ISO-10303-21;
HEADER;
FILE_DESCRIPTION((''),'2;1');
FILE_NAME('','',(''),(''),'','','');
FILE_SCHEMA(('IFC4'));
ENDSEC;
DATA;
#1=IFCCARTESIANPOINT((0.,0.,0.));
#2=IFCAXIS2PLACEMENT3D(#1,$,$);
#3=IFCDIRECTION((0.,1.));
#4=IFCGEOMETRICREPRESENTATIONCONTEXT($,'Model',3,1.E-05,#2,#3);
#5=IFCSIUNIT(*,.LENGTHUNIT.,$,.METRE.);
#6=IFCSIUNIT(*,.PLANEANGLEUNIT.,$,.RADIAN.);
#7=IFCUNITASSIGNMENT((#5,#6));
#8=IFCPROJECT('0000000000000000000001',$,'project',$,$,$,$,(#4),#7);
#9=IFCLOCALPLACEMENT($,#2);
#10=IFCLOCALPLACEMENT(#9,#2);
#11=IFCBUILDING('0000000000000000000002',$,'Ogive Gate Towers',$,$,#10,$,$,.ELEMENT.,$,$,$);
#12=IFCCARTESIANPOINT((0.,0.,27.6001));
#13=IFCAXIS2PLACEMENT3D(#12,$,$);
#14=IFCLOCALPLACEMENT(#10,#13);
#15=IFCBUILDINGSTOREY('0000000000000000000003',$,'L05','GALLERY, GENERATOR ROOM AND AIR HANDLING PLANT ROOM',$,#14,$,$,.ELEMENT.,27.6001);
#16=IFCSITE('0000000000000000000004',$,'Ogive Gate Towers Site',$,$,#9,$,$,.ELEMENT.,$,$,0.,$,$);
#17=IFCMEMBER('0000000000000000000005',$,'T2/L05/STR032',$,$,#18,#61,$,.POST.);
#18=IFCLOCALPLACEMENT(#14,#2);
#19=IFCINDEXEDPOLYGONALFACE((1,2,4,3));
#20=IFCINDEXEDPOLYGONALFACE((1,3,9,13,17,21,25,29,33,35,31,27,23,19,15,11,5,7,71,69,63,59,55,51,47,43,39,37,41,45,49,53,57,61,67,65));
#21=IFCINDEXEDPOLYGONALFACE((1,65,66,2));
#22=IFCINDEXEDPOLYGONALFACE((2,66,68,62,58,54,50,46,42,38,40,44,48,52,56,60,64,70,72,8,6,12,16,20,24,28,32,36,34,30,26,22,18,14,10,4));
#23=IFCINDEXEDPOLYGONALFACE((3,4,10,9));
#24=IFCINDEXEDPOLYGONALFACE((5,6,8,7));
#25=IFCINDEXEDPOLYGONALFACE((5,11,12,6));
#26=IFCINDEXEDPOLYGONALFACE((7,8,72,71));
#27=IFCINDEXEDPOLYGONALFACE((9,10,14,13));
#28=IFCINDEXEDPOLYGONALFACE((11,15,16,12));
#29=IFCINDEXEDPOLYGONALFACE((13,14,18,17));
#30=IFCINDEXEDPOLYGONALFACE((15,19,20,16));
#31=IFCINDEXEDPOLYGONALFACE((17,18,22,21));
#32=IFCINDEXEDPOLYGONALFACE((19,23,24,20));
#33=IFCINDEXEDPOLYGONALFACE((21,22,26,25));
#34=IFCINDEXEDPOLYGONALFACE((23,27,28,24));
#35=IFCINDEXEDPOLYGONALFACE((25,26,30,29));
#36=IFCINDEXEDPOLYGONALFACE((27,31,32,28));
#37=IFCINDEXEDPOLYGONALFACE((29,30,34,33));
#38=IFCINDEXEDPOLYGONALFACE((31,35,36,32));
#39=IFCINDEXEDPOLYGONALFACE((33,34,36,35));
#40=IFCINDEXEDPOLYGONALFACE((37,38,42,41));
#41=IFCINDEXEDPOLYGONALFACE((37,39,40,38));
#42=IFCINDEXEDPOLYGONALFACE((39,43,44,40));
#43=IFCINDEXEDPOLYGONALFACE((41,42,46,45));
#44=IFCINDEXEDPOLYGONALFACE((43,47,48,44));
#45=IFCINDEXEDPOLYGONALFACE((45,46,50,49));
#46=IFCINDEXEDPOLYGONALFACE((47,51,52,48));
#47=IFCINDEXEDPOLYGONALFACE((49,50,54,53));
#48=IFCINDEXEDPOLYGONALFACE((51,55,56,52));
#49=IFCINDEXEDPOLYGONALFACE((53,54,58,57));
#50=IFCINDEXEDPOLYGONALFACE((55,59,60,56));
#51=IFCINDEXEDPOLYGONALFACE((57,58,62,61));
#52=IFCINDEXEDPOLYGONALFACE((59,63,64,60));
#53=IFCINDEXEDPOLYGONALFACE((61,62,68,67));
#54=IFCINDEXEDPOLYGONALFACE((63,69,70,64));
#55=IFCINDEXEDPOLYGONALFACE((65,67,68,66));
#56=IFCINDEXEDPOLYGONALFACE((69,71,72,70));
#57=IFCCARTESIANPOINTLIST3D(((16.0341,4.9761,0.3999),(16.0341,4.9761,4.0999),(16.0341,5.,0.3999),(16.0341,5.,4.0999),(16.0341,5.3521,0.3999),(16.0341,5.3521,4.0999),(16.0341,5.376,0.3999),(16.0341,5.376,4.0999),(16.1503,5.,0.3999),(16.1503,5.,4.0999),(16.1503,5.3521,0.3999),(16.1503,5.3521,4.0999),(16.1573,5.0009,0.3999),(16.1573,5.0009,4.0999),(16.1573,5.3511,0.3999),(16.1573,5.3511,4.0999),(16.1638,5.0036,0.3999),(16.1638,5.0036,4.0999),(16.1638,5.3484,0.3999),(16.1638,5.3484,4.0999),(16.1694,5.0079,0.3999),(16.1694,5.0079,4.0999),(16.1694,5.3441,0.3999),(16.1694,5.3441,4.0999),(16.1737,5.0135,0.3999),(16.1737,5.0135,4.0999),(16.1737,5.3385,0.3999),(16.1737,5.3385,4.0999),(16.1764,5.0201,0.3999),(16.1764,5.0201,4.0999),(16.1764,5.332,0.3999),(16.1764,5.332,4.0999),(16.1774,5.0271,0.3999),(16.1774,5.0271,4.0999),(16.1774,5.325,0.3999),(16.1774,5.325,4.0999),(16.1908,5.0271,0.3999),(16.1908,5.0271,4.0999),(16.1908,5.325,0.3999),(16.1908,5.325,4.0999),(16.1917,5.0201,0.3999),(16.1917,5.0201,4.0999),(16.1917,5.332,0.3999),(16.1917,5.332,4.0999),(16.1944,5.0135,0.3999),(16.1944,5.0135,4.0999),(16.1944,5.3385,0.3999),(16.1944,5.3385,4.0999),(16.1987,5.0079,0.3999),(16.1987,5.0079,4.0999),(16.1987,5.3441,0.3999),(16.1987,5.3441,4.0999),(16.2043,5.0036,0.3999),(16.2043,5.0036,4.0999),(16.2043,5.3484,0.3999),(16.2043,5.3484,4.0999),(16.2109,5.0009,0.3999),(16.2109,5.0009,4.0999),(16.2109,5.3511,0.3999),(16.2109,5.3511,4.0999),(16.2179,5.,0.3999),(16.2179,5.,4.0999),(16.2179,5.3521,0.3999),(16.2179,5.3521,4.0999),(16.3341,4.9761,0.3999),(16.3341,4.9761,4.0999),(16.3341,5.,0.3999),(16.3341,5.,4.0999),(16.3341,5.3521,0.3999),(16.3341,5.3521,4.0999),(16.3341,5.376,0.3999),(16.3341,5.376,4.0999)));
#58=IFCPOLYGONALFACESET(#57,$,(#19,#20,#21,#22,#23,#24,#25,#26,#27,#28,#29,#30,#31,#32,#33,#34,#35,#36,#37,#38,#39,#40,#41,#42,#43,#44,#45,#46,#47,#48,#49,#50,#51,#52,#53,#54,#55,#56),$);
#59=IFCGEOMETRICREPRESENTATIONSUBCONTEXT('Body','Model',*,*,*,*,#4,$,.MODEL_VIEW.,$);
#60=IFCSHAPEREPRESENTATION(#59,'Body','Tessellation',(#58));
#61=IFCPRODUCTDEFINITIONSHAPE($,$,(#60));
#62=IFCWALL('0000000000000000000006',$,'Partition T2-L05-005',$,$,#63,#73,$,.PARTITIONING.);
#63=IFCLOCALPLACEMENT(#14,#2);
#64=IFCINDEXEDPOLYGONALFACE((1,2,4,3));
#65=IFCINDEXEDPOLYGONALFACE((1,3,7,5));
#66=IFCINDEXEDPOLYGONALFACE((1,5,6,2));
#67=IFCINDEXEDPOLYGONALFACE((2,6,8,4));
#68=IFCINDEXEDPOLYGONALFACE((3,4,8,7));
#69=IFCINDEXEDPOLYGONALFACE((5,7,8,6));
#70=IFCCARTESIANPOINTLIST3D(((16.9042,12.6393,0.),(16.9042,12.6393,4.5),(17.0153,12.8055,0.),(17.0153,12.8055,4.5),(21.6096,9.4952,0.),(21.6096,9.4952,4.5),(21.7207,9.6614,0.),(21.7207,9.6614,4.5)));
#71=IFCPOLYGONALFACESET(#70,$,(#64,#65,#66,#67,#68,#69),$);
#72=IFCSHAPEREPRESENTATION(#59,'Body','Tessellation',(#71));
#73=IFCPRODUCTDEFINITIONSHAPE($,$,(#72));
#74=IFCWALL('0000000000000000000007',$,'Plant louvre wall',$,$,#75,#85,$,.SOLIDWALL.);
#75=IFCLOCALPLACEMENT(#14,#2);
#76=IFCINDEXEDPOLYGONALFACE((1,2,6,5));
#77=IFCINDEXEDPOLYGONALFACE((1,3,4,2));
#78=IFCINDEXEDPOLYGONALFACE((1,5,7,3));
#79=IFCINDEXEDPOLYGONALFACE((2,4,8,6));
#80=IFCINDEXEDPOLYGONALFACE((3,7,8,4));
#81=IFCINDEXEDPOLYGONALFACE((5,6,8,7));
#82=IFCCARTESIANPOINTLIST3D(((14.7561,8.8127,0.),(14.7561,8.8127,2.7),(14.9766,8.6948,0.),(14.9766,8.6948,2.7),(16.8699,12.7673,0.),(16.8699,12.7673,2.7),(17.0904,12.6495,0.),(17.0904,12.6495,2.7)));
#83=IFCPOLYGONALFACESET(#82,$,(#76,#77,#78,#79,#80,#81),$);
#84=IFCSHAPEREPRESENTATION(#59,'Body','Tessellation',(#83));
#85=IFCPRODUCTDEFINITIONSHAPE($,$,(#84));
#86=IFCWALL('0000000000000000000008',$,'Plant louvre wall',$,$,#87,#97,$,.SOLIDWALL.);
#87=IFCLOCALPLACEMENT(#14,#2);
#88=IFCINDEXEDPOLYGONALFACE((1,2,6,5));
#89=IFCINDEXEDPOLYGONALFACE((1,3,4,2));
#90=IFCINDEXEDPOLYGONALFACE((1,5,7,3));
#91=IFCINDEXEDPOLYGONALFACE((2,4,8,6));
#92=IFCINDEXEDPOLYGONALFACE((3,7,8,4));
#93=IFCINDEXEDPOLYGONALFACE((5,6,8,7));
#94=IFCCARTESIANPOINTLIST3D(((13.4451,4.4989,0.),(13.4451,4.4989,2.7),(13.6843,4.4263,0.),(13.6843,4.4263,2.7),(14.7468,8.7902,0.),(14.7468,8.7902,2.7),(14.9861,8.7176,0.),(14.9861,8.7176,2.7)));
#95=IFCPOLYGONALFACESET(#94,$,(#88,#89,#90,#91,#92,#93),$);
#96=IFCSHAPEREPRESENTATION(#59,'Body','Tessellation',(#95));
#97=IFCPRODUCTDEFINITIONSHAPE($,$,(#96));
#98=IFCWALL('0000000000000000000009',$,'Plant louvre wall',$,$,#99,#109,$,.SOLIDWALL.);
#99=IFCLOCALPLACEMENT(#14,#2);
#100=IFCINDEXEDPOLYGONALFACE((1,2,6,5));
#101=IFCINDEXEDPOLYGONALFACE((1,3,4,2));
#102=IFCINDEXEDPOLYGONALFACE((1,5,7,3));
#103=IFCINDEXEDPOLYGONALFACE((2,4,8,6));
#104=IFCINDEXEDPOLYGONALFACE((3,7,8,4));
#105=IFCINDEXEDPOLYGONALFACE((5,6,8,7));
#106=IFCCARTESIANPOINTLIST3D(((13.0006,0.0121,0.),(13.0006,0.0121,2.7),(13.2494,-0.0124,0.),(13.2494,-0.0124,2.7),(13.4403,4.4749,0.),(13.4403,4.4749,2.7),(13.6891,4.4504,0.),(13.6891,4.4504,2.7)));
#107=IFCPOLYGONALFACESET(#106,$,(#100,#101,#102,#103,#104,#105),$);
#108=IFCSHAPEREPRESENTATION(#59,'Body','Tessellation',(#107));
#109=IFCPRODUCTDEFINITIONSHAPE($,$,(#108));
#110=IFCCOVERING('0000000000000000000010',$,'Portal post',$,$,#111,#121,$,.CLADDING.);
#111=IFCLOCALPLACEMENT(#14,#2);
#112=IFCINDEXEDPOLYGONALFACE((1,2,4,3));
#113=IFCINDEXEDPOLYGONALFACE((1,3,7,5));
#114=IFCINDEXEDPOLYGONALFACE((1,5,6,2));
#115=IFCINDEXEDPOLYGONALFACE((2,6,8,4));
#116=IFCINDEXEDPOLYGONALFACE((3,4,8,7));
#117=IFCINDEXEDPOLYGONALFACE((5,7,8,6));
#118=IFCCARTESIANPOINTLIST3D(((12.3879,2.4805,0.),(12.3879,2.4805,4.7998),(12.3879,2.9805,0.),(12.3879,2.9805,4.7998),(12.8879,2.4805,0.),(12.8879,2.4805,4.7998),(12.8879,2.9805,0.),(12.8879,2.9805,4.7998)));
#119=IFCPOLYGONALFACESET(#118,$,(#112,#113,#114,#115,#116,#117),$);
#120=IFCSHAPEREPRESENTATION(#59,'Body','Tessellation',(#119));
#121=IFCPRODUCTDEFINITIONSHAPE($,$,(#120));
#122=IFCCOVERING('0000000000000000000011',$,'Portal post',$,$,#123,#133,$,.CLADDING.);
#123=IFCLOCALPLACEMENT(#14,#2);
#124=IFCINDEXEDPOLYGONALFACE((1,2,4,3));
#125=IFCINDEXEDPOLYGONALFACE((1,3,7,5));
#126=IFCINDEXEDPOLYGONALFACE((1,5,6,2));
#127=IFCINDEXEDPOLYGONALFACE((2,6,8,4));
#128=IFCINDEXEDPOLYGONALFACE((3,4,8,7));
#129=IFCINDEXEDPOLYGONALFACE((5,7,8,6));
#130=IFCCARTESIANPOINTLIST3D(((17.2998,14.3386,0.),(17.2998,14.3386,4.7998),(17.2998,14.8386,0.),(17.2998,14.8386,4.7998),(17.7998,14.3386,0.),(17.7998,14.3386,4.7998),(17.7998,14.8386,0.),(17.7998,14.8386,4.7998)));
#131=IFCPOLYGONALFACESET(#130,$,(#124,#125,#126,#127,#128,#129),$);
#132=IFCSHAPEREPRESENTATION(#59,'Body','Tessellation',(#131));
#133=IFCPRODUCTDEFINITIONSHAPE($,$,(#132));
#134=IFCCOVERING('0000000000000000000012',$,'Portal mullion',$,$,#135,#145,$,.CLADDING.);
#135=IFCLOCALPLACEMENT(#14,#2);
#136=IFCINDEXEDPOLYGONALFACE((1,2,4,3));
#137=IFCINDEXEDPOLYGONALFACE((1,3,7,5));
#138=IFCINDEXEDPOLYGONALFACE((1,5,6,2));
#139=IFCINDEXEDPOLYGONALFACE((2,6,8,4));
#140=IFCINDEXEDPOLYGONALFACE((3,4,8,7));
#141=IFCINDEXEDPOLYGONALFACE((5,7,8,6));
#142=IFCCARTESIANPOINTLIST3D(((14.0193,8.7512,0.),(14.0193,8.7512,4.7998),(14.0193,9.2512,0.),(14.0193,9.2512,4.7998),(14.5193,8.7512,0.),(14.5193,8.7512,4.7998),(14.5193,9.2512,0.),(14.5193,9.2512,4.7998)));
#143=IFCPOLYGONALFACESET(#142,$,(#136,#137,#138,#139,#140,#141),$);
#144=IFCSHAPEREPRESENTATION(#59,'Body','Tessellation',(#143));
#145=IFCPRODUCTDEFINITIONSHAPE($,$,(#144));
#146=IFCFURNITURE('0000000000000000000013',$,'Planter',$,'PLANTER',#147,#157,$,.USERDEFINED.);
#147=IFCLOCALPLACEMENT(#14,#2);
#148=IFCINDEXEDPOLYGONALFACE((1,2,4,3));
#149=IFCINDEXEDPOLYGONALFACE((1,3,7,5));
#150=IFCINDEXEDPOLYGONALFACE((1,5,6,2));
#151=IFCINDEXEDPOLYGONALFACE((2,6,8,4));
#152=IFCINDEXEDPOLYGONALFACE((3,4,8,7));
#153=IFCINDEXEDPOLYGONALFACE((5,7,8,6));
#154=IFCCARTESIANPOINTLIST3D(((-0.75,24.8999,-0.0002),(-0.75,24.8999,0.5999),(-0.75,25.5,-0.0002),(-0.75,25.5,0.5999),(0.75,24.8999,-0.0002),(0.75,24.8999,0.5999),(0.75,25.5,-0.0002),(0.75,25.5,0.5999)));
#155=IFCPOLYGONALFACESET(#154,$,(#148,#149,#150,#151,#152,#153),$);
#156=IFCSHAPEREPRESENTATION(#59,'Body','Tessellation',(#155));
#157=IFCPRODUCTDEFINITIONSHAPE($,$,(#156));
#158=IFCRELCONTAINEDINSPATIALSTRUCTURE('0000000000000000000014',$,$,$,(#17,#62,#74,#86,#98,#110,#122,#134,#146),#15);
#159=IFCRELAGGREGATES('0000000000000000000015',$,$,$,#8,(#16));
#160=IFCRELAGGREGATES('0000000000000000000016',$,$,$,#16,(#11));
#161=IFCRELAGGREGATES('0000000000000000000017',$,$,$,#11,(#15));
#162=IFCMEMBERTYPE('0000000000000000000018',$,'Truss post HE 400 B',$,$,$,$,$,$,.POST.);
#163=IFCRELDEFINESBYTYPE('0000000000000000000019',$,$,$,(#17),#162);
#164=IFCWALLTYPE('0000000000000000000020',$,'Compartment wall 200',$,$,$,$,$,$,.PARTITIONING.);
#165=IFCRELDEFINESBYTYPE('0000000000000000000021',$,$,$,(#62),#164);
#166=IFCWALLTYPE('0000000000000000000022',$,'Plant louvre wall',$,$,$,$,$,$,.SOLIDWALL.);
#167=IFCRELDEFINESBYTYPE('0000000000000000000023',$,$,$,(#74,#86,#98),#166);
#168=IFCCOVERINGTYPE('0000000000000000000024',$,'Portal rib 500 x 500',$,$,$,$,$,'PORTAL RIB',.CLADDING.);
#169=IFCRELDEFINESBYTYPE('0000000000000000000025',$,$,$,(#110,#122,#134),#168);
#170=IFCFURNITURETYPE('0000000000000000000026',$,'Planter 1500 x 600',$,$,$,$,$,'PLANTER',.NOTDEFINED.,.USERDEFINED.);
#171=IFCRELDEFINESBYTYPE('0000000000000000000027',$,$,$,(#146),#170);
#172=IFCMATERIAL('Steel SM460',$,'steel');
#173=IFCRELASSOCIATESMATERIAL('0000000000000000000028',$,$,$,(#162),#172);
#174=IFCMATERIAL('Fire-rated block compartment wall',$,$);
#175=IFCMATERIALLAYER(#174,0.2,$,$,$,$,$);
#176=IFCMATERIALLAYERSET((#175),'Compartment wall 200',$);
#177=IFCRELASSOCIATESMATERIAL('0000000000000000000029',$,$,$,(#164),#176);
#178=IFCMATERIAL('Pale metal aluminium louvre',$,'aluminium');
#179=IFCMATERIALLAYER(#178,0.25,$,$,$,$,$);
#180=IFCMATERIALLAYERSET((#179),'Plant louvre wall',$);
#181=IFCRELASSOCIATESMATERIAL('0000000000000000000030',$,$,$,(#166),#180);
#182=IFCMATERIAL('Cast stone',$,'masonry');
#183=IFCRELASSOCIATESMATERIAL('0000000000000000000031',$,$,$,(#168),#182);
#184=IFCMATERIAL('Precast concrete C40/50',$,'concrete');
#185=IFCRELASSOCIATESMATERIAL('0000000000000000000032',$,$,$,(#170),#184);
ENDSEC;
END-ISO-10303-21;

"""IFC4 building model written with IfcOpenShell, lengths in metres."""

from ifc_helpers import new_model, si_unit, direction, frame, frame_2d, origin, origin_2d, place, context, subcontext, project, spatial, rectangle, i_section, extrude, material, layer, layer_set, material_profile, profile_set, type_object, element, save


model = new_model("IFC4")

# Units and contexts
model_context = context("Model", 3, precision=1e-05, world=origin(), true_north=direction((0.0, 1.0)))
body_context = subcontext(model_context, "Body", "Model", "MODEL_VIEW")
ifc_project = project(units=[si_unit("LENGTHUNIT", "METRE"), si_unit("PLANEANGLEUNIT", "RADIAN")], contexts=[model_context])

# Site, building, storey
site_placement = place(None, origin())
site = spatial("IfcSite", under=ifc_project, at=site_placement, Name="Ogive Gate Towers Site", CompositionType="ELEMENT", RefElevation=0.0)
building_placement = place(site_placement, origin())
building = spatial("IfcBuilding", under=site, at=building_placement, Name="Ogive Gate Towers", CompositionType="ELEMENT")
storey_placement = place(building_placement, frame((0.0, 0.0, 27.6001)))
storey = spatial("IfcBuildingStorey", under=building, at=storey_placement, Name="L05", Description="GALLERY, GENERATOR ROOM AND AIR HANDLING PLANT ROOM", CompositionType="ELEMENT", Elevation=27.6001)

# Shared definitions
ifc_material_1 = material(Name="Steel SM460", Category="steel")

# Member
ifc_material_profile_1 = material_profile(ifc_material_1, i_section(OverallWidth=0.3, OverallDepth=0.3999, WebThickness=0.0134, FlangeThickness=0.0239, FilletRadius=0.0271, at=origin_2d()), Name="HE 400 B")
ifc_profile_set_1 = profile_set([ifc_material_profile_1], Name="Steel SM460")
member_type_1 = type_object("IfcMemberType", Name="Truss post HE 400 B", PredefinedType="POST", material=ifc_profile_set_1)
member_1_placement = place(storey_placement, frame((16.1841, 5.176, 0.3999), z_axis=(0.0, 0.0, 1.0), x_axis=(1.0, 0.0, 0.0)))
element("IfcMember", 1, at=member_1_placement, inside=storey, type_object=member_type_1, Name="T2/L05/STR032", PredefinedType="POST", context=body_context, shape_type="SweptSolid", body=[
    extrude(i_section(OverallWidth=0.3, OverallDepth=0.3999, WebThickness=0.0134, FlangeThickness=0.0239, FilletRadius=0.0271, at=origin_2d()), origin(), (0.0, 0.0, 1.0), 3.7),
])

# Walls
ifc_material_2 = material(Name="Fire-rated block compartment wall")
ifc_layer_1 = layer(ifc_material_2, 0.2)
ifc_layer_set_1 = layer_set([ifc_layer_1], Name="Compartment wall 200")
wall_type_1 = type_object("IfcWallType", Name="Compartment wall 200", PredefinedType="PARTITIONING", material=ifc_layer_set_1)
wall_1_placement = place(storey_placement, frame((16.9597, 12.7224, 0.0), z_axis=(0.0, 0.0, 1.0), x_axis=(0.831466, -0.555576, 0.0)))
element("IfcWall", 2, at=wall_1_placement, inside=storey, type_object=wall_type_1, Name="Partition T2-L05-005", PredefinedType="PARTITIONING", context=body_context, shape_type="SweptSolid", body=[
    extrude(rectangle(XDim=5.6592, YDim=0.2, at=frame_2d((2.8296, 0.0))), origin(), (0.0, 0.0, 1.0), 4.5),
])
ifc_material_3 = material(Name="Pale metal aluminium louvre", Category="aluminium")
ifc_layer_2 = layer(ifc_material_3, 0.25)
ifc_layer_set_2 = layer_set([ifc_layer_2], Name="Plant louvre wall")
wall_type_2 = type_object("IfcWallType", Name="Plant louvre wall", PredefinedType="SOLIDWALL", material=ifc_layer_set_2)
wall_2_placement = place(storey_placement, frame((16.9802, 12.7085, 0.0), z_axis=(0.0, 0.0, 1.0), x_axis=(-0.471396, -0.881922, 0.0)))
element("IfcWall", 3, at=wall_2_placement, inside=storey, type_object=wall_type_2, Name="Plant louvre wall", PredefinedType="SOLIDWALL", context=body_context, shape_type="SweptSolid", body=[
    extrude(rectangle(XDim=4.4841, YDim=0.25, at=frame_2d((2.2422, 0.0))), origin(), (0.0, 0.0, 1.0), 2.7),
])
for number, where, z_axis, x_axis, name in (
    (4, (14.8665, 8.7539, 0.0), (0.0, 0.0, 1.0), (-0.290288, -0.956939, 0.0), "Plant louvre wall"),
    (5, (13.5647, 4.4626, 0.0), (0.0, 0.0, 1.0), (-0.098054, -0.995181, 0.0), "Plant louvre wall"),
):
    element("IfcWall", number, at=place(storey_placement, frame(where, z_axis=z_axis, x_axis=x_axis)), inside=storey, type_object=wall_type_2, Name=name, PredefinedType="SOLIDWALL", context=body_context, shape_type="SweptSolid", body=[
        extrude(rectangle(XDim=4.4844, YDim=0.25, at=frame_2d((2.2422, 0.0))), origin(), (0.0, 0.0, 1.0), 2.7),
    ])

# Coverings
ifc_material_4 = material(Name="Cast stone", Category="masonry")
ifc_material_profile_2 = material_profile(ifc_material_4, rectangle(XDim=0.5, YDim=0.5, at=origin_2d()), Name="500 x 500 cast stone")
ifc_profile_set_2 = profile_set([ifc_material_profile_2], Name="Cast stone")
covering_type = type_object("IfcCoveringType", Name="Portal rib 500 x 500", ElementType="PORTAL RIB", PredefinedType="CLADDING", material=ifc_profile_set_2)
for number, where, z_axis, x_axis, name in (
    (6, (12.6379, 2.7305, 0.0), (0.0, 0.0, 1.0), (1.0, 0.0, 0.0), "Portal post"),
    (7, (17.5498, 14.5886, 0.0), (0.0, 0.0, 1.0), (1.0, 0.0, 0.0), "Portal post"),
    (8, (14.2693, 9.0012, 0.0), (0.0, 0.0, 1.0), (1.0, 0.0, 0.0), "Portal mullion"),
):
    element("IfcCovering", number, at=place(storey_placement, frame(where, z_axis=z_axis, x_axis=x_axis)), inside=storey, type_object=covering_type, Name=name, PredefinedType="CLADDING", context=body_context, shape_type="SweptSolid", body=[
        extrude(rectangle(XDim=0.5, YDim=0.5, at=origin_2d()), origin(), (0.0, 0.0, 1.0), 4.7998),
    ])

# Furniture
ifc_material_5 = material(Name="Precast concrete C40/50", Category="concrete")
furniture_type = type_object("IfcFurnitureType", Name="Planter 1500 x 600", ElementType="PLANTER", AssemblyPlace="NOTDEFINED", PredefinedType="USERDEFINED", material=ifc_material_5)
furniture_placement = place(storey_placement, frame((0.0, 25.2, -0.0002), z_axis=(0.0, 0.0, 1.0), x_axis=(-1.0, 0.0, 0.0)))
element("IfcFurniture", 9, at=furniture_placement, inside=storey, type_object=furniture_type, Name="Planter", ObjectType="PLANTER", PredefinedType="USERDEFINED", context=body_context, shape_type="SweptSolid", body=[
    extrude(rectangle(XDim=1.5, YDim=0.6001, at=origin_2d()), origin(), (0.0, 0.0, 1.0), 0.6001),
])

save(model, "model.ifc")
